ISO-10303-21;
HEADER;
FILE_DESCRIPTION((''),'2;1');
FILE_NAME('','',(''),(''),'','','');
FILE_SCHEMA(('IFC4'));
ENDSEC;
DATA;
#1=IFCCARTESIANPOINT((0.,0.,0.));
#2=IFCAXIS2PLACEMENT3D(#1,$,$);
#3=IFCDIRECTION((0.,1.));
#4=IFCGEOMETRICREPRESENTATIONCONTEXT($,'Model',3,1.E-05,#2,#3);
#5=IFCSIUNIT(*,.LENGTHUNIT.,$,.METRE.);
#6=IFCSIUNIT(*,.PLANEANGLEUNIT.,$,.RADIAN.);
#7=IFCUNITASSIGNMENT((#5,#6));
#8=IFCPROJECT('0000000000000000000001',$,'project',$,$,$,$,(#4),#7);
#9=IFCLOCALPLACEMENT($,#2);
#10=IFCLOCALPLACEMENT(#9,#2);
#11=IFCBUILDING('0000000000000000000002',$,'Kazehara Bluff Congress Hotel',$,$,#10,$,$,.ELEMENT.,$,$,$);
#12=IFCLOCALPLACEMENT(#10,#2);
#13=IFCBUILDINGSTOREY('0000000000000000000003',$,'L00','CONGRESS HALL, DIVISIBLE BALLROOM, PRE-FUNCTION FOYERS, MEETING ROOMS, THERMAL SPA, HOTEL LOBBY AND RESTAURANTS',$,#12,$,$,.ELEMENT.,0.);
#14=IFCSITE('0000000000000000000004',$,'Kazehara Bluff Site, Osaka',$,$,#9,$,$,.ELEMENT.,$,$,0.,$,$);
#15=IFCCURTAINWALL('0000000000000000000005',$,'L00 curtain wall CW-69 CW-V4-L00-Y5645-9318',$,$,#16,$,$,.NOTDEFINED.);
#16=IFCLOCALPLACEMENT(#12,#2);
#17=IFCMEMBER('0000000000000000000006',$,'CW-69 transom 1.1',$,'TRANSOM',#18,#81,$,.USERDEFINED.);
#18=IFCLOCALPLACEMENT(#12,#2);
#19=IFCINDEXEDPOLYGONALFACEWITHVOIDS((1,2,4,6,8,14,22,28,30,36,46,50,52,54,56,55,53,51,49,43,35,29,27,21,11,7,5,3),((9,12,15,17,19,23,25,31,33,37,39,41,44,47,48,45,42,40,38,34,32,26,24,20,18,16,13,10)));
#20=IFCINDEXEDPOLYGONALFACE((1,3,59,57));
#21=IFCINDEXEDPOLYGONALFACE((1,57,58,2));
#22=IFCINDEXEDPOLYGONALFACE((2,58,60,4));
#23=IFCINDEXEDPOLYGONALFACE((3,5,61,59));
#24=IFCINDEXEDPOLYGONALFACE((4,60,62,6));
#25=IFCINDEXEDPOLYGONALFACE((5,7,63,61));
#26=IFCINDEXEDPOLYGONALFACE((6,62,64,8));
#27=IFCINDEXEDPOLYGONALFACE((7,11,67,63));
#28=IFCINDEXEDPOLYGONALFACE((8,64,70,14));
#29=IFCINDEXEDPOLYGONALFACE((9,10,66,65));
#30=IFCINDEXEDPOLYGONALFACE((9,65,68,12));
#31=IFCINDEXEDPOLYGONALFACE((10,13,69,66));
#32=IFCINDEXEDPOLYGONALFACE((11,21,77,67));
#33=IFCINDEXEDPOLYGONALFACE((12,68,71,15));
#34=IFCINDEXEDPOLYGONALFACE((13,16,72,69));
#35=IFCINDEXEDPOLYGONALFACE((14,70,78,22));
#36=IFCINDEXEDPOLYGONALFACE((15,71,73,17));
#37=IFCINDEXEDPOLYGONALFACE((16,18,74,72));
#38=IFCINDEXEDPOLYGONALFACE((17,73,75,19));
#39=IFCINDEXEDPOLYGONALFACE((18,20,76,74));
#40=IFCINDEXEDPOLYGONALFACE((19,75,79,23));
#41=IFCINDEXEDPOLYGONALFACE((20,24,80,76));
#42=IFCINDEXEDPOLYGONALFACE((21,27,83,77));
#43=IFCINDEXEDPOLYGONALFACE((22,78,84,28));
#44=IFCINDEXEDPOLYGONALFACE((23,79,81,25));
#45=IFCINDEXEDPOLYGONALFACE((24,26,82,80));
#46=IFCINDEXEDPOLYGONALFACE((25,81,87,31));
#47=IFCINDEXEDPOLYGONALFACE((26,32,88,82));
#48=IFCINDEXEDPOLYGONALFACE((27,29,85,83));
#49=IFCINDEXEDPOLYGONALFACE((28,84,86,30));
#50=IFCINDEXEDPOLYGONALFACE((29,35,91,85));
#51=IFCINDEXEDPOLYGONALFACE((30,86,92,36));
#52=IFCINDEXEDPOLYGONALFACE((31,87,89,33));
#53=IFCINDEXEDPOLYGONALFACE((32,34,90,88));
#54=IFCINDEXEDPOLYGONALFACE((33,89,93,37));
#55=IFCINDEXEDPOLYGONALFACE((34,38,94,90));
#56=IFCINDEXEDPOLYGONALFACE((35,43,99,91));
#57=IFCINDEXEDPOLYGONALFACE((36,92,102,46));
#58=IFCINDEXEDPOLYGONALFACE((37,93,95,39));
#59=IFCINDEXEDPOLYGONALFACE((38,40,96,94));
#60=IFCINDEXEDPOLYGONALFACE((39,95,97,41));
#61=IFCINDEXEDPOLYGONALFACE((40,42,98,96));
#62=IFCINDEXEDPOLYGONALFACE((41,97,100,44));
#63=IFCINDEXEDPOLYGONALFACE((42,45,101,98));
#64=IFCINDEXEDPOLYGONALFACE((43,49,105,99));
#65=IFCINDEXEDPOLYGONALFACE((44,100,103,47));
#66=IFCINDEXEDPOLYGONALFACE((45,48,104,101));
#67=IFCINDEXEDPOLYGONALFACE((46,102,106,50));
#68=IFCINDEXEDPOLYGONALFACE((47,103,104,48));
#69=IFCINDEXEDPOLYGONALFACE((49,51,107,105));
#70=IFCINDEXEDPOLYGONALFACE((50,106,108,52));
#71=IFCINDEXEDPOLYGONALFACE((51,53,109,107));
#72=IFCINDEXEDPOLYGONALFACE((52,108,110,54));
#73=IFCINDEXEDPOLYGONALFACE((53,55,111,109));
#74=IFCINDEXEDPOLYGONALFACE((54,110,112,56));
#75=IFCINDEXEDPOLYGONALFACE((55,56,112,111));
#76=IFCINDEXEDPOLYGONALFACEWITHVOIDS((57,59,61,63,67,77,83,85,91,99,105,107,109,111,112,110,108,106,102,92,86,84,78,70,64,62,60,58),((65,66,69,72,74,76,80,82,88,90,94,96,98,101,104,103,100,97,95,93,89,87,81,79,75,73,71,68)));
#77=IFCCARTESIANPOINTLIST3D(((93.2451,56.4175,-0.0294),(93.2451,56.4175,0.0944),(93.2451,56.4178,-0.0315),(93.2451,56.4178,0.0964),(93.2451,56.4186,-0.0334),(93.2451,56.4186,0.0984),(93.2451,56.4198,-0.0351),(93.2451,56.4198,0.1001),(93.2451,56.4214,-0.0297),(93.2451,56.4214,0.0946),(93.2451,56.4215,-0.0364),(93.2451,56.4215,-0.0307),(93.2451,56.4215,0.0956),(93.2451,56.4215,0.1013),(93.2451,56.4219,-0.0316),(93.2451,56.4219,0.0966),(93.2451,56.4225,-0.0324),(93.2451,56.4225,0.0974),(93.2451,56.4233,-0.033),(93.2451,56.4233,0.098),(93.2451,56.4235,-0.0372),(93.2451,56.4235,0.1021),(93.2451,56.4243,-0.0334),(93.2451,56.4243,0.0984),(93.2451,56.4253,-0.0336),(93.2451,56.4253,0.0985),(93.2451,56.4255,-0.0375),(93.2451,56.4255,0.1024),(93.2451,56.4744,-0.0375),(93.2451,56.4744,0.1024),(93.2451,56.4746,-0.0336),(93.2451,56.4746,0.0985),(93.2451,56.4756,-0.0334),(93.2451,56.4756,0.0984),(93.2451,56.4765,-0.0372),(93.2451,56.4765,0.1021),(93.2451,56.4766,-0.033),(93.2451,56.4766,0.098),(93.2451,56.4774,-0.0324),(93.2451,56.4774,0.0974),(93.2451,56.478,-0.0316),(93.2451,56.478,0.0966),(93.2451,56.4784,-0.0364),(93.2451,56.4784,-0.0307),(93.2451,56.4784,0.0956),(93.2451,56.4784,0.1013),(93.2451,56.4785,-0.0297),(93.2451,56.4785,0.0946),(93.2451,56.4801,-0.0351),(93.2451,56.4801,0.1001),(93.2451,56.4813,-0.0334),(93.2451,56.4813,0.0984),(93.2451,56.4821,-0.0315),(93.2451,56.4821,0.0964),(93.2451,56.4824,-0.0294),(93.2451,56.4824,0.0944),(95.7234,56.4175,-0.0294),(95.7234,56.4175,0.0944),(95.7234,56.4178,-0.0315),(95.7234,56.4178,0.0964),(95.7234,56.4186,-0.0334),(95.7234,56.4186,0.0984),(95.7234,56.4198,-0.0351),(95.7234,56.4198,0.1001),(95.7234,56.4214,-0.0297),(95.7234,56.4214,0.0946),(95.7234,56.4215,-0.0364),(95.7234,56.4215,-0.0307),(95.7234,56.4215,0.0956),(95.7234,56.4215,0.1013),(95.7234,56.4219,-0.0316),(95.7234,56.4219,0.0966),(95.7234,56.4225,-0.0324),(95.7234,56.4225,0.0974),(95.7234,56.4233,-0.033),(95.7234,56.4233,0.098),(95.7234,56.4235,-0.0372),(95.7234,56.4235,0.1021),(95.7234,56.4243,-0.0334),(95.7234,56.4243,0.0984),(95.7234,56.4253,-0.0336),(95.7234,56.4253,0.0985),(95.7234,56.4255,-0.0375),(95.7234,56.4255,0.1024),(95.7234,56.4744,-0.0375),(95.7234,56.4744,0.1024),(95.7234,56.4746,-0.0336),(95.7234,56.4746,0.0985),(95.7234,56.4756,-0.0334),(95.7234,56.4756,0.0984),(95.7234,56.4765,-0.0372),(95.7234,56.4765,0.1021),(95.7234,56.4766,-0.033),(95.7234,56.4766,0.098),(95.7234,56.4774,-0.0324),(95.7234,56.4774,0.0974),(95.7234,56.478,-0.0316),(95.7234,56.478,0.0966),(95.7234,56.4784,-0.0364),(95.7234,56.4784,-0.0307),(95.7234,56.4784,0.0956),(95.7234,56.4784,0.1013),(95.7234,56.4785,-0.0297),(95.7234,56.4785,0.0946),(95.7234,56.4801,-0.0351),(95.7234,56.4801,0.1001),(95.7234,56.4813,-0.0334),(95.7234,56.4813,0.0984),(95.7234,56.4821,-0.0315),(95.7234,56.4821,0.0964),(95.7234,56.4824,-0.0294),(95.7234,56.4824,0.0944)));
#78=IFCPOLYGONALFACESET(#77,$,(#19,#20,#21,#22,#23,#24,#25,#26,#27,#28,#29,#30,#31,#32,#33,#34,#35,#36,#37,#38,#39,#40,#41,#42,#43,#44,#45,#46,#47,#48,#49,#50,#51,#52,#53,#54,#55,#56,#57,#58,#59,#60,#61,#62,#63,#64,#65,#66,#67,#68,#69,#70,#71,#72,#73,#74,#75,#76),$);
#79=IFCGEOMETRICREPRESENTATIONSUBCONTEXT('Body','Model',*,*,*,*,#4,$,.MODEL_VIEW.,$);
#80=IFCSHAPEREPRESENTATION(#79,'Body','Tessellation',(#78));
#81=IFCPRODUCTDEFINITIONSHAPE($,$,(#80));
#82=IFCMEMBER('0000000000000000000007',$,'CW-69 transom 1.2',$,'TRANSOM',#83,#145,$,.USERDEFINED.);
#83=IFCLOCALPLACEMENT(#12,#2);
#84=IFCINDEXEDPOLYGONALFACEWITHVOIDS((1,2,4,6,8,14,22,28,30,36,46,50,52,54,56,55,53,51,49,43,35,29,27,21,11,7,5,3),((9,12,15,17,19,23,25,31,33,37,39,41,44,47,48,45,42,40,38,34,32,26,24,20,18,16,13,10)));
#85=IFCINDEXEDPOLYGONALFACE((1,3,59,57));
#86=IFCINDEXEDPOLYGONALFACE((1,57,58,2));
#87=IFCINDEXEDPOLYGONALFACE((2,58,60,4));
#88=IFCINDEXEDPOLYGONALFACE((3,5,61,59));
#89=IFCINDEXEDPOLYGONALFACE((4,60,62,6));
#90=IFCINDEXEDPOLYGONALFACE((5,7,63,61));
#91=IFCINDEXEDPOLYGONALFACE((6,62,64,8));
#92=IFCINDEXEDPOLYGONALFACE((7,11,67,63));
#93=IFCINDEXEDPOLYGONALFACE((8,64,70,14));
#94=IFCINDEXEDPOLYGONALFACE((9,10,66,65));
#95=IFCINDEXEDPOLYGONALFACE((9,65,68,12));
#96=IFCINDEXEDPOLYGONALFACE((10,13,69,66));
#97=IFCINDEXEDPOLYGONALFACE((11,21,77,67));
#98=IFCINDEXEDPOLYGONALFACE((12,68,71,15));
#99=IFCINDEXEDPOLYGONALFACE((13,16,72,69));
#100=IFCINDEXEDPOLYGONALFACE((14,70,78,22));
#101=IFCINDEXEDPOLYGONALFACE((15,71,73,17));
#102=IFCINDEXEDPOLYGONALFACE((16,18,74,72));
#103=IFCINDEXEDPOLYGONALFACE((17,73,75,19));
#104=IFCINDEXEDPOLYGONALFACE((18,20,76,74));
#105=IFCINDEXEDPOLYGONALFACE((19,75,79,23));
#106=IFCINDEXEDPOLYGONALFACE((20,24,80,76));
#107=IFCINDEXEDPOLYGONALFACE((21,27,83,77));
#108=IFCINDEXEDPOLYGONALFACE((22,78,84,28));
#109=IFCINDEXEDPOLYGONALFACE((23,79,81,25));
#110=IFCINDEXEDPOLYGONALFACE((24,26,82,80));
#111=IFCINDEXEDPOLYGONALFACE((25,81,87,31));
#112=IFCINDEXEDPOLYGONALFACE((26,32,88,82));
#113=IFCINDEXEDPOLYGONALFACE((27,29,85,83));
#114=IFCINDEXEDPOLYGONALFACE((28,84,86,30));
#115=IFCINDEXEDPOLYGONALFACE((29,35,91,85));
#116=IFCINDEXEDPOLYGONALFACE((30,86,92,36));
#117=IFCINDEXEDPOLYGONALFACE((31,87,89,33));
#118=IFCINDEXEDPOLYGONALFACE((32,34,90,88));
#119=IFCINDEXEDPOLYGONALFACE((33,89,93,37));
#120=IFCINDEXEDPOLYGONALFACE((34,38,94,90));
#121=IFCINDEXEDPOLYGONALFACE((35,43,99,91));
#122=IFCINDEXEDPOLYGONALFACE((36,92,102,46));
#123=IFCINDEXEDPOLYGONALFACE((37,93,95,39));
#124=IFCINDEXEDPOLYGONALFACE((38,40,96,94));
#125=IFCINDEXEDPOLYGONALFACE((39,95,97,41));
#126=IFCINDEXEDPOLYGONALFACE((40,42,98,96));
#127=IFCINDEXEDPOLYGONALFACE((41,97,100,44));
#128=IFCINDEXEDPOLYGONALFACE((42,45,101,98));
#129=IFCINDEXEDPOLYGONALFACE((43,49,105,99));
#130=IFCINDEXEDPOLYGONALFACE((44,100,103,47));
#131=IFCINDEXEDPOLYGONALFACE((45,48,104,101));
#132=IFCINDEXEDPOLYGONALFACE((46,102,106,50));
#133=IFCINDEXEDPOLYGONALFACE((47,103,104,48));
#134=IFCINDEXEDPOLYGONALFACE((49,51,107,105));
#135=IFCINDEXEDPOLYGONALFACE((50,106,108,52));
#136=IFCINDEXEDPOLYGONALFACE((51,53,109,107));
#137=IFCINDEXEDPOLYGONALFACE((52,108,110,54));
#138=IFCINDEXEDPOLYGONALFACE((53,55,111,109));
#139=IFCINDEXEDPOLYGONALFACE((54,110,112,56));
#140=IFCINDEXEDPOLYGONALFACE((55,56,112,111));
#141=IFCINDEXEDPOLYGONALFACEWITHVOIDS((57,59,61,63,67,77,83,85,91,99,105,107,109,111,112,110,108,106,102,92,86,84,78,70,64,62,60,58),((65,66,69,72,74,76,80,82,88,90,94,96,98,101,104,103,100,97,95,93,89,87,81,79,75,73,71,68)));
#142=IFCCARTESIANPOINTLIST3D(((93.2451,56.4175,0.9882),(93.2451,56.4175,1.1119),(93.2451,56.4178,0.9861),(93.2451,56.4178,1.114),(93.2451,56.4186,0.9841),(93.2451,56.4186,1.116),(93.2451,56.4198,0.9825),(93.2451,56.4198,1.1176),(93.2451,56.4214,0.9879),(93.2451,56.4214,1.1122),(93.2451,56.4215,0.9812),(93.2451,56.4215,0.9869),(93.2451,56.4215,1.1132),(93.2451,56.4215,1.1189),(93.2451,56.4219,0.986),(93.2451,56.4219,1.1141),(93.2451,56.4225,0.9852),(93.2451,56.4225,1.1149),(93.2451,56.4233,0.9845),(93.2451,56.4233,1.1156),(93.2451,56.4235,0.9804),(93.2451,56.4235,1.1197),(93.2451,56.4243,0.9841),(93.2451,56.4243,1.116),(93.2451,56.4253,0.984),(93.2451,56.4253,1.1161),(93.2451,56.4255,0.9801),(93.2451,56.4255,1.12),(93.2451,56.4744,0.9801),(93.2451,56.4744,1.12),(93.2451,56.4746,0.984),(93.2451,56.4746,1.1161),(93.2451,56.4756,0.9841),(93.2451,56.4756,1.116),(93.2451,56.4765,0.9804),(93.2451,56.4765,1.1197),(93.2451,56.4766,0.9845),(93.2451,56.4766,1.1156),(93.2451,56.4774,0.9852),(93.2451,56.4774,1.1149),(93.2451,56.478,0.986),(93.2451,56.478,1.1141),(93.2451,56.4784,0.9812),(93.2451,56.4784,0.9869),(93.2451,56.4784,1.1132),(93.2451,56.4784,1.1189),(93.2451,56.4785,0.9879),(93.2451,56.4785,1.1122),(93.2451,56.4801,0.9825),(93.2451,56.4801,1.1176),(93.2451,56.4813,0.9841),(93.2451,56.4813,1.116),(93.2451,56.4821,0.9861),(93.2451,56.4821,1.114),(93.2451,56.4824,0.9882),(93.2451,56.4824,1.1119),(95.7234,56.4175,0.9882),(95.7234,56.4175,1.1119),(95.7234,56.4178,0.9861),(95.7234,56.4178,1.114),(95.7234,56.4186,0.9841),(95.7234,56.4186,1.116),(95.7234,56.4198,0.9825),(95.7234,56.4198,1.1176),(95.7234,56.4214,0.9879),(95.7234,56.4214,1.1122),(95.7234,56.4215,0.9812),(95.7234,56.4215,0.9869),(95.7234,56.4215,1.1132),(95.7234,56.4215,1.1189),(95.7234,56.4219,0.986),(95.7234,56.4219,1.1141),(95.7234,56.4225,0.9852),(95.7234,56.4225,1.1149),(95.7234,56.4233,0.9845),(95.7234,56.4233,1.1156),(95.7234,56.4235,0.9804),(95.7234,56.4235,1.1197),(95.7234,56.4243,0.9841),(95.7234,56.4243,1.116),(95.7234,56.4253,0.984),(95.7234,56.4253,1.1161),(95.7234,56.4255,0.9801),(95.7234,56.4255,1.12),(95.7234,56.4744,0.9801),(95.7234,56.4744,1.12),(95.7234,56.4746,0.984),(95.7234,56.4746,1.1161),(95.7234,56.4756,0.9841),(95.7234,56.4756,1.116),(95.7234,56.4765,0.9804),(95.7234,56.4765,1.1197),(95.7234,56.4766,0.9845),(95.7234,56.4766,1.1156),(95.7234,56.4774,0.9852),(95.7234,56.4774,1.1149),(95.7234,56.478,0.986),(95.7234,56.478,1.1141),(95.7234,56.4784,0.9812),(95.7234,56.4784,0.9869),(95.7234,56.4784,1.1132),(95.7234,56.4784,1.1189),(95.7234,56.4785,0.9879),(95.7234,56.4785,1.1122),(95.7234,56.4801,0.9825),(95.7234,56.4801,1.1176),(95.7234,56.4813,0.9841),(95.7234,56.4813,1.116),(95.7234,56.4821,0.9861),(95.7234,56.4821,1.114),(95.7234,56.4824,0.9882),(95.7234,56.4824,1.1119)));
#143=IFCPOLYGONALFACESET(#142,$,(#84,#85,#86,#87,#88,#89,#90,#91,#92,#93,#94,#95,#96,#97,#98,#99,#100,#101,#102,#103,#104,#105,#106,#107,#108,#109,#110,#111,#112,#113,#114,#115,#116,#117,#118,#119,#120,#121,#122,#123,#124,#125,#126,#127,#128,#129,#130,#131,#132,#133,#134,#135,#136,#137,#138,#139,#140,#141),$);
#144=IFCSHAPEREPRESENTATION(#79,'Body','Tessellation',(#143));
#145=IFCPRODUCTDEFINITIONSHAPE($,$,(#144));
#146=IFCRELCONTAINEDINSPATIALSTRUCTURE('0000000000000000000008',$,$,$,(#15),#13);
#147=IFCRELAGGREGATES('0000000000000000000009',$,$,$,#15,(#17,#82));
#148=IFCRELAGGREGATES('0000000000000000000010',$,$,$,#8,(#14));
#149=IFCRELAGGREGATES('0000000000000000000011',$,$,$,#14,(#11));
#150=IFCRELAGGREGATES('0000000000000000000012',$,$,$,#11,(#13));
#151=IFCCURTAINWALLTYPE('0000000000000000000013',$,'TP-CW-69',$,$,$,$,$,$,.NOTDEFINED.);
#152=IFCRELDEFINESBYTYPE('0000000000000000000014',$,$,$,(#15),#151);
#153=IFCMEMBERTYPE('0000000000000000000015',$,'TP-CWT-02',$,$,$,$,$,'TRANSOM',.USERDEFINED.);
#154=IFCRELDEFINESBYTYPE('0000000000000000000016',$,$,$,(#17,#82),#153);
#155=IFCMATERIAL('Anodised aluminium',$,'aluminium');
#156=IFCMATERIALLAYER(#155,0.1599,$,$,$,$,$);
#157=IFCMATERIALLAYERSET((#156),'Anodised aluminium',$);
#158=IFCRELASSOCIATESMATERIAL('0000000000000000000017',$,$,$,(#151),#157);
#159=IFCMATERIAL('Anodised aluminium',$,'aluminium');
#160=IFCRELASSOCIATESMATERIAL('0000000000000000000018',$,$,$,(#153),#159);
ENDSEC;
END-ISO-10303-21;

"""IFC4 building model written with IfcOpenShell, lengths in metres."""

from ifc_helpers import new_model, si_unit, direction, frame, origin, origin_2d, place, context, subcontext, project, spatial, hollow_rectangle, extrude, material, layer, layer_set, material_profile, profile_set, type_object, element, aggregate, save


model = new_model("IFC4")

# Units and contexts
model_context = context("Model", 3, precision=1e-05, world=origin(), true_north=direction((0.0, 1.0)))
body_context = subcontext(model_context, "Body", "Model", "MODEL_VIEW")
ifc_project = project(units=[si_unit("LENGTHUNIT", "METRE"), si_unit("PLANEANGLEUNIT", "RADIAN")], contexts=[model_context])

# Site, building, storey
site_placement = place(None, origin())
site = spatial("IfcSite", under=ifc_project, at=site_placement, Name="Kazehara Bluff Site, Osaka", CompositionType="ELEMENT", RefElevation=0.0)
building_placement = place(site_placement, origin())
building = spatial("IfcBuilding", under=site, at=building_placement, Name="Kazehara Bluff Congress Hotel", CompositionType="ELEMENT")
storey_placement = place(building_placement, origin())
storey = spatial("IfcBuildingStorey", under=building, at=storey_placement, Name="L00", Description="CONGRESS HALL, DIVISIBLE BALLROOM, PRE-FUNCTION FOYERS, MEETING ROOMS, THERMAL SPA, HOTEL LOBBY AND RESTAURANTS", CompositionType="ELEMENT", Elevation=0.0)

# Curtain wall
ifc_material_1 = material(Name="Anodised aluminium", Category="aluminium")
ifc_layer_1 = layer(ifc_material_1, 0.1599)
ifc_layer_set_1 = layer_set([ifc_layer_1], Name="Anodised aluminium")
curtain_wall_type_1 = type_object("IfcCurtainWallType", Name="TP-CW-69", PredefinedType="NOTDEFINED", material=ifc_layer_set_1)
curtain_wall_1_placement = place(storey_placement, origin())
curtain_wall_1 = element("IfcCurtainWall", 1, at=curtain_wall_1_placement, inside=storey, type_object=curtain_wall_type_1, Name="L00 curtain wall CW-69 CW-V4-L00-Y5645-9318", PredefinedType="NOTDEFINED")

# Members
ifc_material_2 = material(Name="Anodised aluminium", Category="aluminium")
ifc_material_profile_1 = material_profile(ifc_material_2, hollow_rectangle(XDim=0.0649, YDim=0.1399, WallThickness=0.0039, InnerFilletRadius=0.0039, OuterFilletRadius=0.0081, at=origin_2d()))
ifc_profile_set_1 = profile_set([ifc_material_profile_1], Name="Anodised aluminium")
member_type_1 = type_object("IfcMemberType", Name="TP-CWT-02", ElementType="TRANSOM", PredefinedType="USERDEFINED", material=ifc_profile_set_1)
member_1_placement = place(storey_placement, frame((93.2451, 56.45, 0.0325), z_axis=(1.0, 0.0, 0.0), x_axis=(0.0, 1.0, 0.0)))
member_1 = element("IfcMember", 2, at=member_1_placement, type_object=member_type_1, Name="CW-69 transom 1.1", ObjectType="TRANSOM", PredefinedType="USERDEFINED", context=body_context, shape_type="SweptSolid", body=[
    extrude(hollow_rectangle(XDim=0.0649, YDim=0.1399, WallThickness=0.0039, InnerFilletRadius=0.0039, OuterFilletRadius=0.0081, at=origin_2d()), origin(), (0.0, 0.0, 1.0), 2.4783),
])
member_2_placement = place(storey_placement, frame((93.2451, 56.45, 1.05), z_axis=(1.0, 0.0, 0.0), x_axis=(0.0, 1.0, 0.0)))
member_2 = element("IfcMember", 3, at=member_2_placement, type_object=member_type_1, Name="CW-69 transom 1.2", ObjectType="TRANSOM", PredefinedType="USERDEFINED", context=body_context, shape_type="SweptSolid", body=[
    extrude(hollow_rectangle(XDim=0.0649, YDim=0.1399, WallThickness=0.0039, InnerFilletRadius=0.0039, OuterFilletRadius=0.0081, at=origin_2d()), origin(), (0.0, 0.0, 1.0), 2.4783),
])
aggregate(curtain_wall_1, [member_1, member_2])

save(model, "model.ifc")
